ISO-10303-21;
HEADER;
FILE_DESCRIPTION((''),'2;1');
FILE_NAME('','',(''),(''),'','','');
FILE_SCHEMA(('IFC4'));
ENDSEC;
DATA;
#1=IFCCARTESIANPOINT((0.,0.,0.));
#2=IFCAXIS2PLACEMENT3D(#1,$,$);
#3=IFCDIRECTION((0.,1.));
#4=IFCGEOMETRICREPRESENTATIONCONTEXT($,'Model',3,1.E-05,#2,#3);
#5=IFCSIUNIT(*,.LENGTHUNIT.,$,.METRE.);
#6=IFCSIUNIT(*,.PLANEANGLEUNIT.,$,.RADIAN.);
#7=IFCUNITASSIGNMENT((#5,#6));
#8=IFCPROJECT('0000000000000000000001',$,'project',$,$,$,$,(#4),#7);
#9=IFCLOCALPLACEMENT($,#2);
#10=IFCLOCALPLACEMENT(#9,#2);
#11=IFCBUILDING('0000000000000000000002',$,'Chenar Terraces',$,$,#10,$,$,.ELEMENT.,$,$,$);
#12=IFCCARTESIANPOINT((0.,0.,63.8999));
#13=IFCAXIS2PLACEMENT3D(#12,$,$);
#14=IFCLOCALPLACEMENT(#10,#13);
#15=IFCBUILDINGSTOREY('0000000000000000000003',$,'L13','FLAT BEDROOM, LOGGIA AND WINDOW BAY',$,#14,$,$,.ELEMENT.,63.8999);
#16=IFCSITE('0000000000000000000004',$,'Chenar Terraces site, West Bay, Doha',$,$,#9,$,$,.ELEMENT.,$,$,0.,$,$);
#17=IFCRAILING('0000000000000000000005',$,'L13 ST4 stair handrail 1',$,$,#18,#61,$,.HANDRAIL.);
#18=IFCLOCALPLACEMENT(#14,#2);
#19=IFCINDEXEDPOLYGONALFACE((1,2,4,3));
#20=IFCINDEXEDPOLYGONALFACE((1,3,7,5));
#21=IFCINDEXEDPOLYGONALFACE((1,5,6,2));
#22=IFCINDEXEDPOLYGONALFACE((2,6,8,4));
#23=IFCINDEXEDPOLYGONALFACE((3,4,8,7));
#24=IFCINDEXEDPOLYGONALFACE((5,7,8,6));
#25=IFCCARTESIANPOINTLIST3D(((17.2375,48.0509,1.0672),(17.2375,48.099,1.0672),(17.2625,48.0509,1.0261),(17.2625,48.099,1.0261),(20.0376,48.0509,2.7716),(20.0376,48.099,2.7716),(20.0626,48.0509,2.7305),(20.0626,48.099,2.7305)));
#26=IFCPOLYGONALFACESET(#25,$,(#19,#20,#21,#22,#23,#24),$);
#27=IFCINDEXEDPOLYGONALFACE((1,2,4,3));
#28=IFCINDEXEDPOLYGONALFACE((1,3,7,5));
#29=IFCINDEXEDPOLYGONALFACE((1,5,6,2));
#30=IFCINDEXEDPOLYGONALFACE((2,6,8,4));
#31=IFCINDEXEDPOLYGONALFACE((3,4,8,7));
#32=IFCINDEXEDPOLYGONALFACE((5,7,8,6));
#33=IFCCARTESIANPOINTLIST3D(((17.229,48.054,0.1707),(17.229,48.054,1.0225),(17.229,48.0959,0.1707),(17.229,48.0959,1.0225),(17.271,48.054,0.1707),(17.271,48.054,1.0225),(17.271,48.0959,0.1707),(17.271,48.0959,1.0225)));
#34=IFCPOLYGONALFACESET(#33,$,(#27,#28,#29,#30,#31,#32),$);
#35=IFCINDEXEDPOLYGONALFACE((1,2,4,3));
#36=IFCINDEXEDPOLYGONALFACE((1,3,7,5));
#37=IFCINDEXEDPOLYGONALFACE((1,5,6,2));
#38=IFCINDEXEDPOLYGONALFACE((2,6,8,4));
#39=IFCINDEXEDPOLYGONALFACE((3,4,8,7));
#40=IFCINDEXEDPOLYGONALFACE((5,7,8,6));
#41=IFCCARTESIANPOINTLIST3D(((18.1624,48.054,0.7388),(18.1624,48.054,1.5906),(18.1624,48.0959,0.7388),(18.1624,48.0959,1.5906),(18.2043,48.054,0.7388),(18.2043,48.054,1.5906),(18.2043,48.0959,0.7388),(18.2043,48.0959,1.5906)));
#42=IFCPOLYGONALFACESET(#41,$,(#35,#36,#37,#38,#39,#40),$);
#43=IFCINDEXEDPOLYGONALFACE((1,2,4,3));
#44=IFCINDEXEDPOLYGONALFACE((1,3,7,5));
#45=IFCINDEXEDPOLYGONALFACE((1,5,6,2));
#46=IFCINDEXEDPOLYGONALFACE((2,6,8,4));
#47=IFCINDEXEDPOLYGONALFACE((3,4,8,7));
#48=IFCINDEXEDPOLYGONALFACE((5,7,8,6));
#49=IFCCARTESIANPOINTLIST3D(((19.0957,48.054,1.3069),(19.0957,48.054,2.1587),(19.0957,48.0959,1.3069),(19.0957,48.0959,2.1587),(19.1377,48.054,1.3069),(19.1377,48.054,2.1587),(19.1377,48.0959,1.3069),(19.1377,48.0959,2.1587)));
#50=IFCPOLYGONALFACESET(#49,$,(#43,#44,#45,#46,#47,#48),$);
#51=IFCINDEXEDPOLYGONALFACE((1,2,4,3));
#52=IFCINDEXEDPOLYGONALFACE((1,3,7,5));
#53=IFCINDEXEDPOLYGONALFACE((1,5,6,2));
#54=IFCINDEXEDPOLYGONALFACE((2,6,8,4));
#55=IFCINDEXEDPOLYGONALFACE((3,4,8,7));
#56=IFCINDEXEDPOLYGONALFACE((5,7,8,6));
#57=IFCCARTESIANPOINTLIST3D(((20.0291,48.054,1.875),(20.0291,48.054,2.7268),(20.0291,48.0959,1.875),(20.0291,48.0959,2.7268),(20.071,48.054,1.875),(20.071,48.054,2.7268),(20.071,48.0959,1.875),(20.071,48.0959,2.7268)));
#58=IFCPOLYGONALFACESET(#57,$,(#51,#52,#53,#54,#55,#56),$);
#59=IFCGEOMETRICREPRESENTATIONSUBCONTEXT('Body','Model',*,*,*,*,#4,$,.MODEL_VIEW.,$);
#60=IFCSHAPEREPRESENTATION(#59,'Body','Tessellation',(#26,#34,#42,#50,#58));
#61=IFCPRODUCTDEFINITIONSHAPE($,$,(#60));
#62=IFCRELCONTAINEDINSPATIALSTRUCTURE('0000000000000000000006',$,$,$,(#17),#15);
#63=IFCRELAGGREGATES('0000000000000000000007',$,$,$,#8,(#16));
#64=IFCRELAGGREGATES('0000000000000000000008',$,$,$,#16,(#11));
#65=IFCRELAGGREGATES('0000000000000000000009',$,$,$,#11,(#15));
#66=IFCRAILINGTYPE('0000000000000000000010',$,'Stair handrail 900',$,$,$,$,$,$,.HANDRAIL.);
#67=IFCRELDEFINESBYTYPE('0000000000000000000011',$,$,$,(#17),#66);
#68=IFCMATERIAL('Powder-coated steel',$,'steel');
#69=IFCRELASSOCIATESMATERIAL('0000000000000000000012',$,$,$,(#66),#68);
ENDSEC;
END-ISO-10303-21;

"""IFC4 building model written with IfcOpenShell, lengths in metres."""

from ifc_helpers import new_model, si_unit, direction, frame, origin, origin_2d, place, context, subcontext, project, spatial, rectangle, extrude, material, type_object, element, save


model = new_model("IFC4")

# Units and contexts
model_context = context("Model", 3, precision=1e-05, world=origin(), true_north=direction((0.0, 1.0)))
body_context = subcontext(model_context, "Body", "Model", "MODEL_VIEW")
ifc_project = project(units=[si_unit("LENGTHUNIT", "METRE"), si_unit("PLANEANGLEUNIT", "RADIAN")], contexts=[model_context])

# Site, building, storey
site_placement = place(None, origin())
site = spatial("IfcSite", under=ifc_project, at=site_placement, Name="Chenar Terraces site, West Bay, Doha", CompositionType="ELEMENT", RefElevation=0.0)
building_placement = place(site_placement, origin())
building = spatial("IfcBuilding", under=site, at=building_placement, Name="Chenar Terraces", CompositionType="ELEMENT")
storey_placement = place(building_placement, frame((0.0, 0.0, 63.8999)))
storey = spatial("IfcBuildingStorey", under=building, at=storey_placement, Name="L13", Description="FLAT BEDROOM, LOGGIA AND WINDOW BAY", CompositionType="ELEMENT", Elevation=63.8999)

# Railing
ifc_material_1 = material(Name="Powder-coated steel", Category="steel")
railing_type_1 = type_object("IfcRailingType", Name="Stair handrail 900", PredefinedType="HANDRAIL", material=ifc_material_1)
railing_1_placement = place(storey_placement, frame((17.25, 48.075, 0.1707)))
element("IfcRailing", 1, at=railing_1_placement, inside=storey, type_object=railing_type_1, Name="L13 ST4 stair handrail 1", PredefinedType="HANDRAIL", context=body_context, shape_type="SweptSolid", body=[
    extrude(rectangle(XDim=0.0481, YDim=0.0481, at=origin_2d()), frame((0.0, 0.0, 0.876), z_axis=(0.854203, 0.0, 0.51994), x_axis=(0.0, 1.0, 0.0)), (0.0, 0.0, 1.0), 3.2781),
    extrude(rectangle(XDim=0.042, YDim=0.042, at=origin_2d()), origin(), (0.0, 0.0, 1.0), 0.8518),
    extrude(rectangle(XDim=0.042, YDim=0.042, at=origin_2d()), frame((0.9333, 0.0, 0.5681)), (0.0, 0.0, 1.0), 0.8518),
    extrude(rectangle(XDim=0.042, YDim=0.042, at=origin_2d()), frame((1.8667, 0.0, 1.1362)), (0.0, 0.0, 1.0), 0.8518),
    extrude(rectangle(XDim=0.042, YDim=0.042, at=origin_2d()), frame((2.8, 0.0, 1.7043)), (0.0, 0.0, 1.0), 0.8518),
])

save(model, "model.ifc")
